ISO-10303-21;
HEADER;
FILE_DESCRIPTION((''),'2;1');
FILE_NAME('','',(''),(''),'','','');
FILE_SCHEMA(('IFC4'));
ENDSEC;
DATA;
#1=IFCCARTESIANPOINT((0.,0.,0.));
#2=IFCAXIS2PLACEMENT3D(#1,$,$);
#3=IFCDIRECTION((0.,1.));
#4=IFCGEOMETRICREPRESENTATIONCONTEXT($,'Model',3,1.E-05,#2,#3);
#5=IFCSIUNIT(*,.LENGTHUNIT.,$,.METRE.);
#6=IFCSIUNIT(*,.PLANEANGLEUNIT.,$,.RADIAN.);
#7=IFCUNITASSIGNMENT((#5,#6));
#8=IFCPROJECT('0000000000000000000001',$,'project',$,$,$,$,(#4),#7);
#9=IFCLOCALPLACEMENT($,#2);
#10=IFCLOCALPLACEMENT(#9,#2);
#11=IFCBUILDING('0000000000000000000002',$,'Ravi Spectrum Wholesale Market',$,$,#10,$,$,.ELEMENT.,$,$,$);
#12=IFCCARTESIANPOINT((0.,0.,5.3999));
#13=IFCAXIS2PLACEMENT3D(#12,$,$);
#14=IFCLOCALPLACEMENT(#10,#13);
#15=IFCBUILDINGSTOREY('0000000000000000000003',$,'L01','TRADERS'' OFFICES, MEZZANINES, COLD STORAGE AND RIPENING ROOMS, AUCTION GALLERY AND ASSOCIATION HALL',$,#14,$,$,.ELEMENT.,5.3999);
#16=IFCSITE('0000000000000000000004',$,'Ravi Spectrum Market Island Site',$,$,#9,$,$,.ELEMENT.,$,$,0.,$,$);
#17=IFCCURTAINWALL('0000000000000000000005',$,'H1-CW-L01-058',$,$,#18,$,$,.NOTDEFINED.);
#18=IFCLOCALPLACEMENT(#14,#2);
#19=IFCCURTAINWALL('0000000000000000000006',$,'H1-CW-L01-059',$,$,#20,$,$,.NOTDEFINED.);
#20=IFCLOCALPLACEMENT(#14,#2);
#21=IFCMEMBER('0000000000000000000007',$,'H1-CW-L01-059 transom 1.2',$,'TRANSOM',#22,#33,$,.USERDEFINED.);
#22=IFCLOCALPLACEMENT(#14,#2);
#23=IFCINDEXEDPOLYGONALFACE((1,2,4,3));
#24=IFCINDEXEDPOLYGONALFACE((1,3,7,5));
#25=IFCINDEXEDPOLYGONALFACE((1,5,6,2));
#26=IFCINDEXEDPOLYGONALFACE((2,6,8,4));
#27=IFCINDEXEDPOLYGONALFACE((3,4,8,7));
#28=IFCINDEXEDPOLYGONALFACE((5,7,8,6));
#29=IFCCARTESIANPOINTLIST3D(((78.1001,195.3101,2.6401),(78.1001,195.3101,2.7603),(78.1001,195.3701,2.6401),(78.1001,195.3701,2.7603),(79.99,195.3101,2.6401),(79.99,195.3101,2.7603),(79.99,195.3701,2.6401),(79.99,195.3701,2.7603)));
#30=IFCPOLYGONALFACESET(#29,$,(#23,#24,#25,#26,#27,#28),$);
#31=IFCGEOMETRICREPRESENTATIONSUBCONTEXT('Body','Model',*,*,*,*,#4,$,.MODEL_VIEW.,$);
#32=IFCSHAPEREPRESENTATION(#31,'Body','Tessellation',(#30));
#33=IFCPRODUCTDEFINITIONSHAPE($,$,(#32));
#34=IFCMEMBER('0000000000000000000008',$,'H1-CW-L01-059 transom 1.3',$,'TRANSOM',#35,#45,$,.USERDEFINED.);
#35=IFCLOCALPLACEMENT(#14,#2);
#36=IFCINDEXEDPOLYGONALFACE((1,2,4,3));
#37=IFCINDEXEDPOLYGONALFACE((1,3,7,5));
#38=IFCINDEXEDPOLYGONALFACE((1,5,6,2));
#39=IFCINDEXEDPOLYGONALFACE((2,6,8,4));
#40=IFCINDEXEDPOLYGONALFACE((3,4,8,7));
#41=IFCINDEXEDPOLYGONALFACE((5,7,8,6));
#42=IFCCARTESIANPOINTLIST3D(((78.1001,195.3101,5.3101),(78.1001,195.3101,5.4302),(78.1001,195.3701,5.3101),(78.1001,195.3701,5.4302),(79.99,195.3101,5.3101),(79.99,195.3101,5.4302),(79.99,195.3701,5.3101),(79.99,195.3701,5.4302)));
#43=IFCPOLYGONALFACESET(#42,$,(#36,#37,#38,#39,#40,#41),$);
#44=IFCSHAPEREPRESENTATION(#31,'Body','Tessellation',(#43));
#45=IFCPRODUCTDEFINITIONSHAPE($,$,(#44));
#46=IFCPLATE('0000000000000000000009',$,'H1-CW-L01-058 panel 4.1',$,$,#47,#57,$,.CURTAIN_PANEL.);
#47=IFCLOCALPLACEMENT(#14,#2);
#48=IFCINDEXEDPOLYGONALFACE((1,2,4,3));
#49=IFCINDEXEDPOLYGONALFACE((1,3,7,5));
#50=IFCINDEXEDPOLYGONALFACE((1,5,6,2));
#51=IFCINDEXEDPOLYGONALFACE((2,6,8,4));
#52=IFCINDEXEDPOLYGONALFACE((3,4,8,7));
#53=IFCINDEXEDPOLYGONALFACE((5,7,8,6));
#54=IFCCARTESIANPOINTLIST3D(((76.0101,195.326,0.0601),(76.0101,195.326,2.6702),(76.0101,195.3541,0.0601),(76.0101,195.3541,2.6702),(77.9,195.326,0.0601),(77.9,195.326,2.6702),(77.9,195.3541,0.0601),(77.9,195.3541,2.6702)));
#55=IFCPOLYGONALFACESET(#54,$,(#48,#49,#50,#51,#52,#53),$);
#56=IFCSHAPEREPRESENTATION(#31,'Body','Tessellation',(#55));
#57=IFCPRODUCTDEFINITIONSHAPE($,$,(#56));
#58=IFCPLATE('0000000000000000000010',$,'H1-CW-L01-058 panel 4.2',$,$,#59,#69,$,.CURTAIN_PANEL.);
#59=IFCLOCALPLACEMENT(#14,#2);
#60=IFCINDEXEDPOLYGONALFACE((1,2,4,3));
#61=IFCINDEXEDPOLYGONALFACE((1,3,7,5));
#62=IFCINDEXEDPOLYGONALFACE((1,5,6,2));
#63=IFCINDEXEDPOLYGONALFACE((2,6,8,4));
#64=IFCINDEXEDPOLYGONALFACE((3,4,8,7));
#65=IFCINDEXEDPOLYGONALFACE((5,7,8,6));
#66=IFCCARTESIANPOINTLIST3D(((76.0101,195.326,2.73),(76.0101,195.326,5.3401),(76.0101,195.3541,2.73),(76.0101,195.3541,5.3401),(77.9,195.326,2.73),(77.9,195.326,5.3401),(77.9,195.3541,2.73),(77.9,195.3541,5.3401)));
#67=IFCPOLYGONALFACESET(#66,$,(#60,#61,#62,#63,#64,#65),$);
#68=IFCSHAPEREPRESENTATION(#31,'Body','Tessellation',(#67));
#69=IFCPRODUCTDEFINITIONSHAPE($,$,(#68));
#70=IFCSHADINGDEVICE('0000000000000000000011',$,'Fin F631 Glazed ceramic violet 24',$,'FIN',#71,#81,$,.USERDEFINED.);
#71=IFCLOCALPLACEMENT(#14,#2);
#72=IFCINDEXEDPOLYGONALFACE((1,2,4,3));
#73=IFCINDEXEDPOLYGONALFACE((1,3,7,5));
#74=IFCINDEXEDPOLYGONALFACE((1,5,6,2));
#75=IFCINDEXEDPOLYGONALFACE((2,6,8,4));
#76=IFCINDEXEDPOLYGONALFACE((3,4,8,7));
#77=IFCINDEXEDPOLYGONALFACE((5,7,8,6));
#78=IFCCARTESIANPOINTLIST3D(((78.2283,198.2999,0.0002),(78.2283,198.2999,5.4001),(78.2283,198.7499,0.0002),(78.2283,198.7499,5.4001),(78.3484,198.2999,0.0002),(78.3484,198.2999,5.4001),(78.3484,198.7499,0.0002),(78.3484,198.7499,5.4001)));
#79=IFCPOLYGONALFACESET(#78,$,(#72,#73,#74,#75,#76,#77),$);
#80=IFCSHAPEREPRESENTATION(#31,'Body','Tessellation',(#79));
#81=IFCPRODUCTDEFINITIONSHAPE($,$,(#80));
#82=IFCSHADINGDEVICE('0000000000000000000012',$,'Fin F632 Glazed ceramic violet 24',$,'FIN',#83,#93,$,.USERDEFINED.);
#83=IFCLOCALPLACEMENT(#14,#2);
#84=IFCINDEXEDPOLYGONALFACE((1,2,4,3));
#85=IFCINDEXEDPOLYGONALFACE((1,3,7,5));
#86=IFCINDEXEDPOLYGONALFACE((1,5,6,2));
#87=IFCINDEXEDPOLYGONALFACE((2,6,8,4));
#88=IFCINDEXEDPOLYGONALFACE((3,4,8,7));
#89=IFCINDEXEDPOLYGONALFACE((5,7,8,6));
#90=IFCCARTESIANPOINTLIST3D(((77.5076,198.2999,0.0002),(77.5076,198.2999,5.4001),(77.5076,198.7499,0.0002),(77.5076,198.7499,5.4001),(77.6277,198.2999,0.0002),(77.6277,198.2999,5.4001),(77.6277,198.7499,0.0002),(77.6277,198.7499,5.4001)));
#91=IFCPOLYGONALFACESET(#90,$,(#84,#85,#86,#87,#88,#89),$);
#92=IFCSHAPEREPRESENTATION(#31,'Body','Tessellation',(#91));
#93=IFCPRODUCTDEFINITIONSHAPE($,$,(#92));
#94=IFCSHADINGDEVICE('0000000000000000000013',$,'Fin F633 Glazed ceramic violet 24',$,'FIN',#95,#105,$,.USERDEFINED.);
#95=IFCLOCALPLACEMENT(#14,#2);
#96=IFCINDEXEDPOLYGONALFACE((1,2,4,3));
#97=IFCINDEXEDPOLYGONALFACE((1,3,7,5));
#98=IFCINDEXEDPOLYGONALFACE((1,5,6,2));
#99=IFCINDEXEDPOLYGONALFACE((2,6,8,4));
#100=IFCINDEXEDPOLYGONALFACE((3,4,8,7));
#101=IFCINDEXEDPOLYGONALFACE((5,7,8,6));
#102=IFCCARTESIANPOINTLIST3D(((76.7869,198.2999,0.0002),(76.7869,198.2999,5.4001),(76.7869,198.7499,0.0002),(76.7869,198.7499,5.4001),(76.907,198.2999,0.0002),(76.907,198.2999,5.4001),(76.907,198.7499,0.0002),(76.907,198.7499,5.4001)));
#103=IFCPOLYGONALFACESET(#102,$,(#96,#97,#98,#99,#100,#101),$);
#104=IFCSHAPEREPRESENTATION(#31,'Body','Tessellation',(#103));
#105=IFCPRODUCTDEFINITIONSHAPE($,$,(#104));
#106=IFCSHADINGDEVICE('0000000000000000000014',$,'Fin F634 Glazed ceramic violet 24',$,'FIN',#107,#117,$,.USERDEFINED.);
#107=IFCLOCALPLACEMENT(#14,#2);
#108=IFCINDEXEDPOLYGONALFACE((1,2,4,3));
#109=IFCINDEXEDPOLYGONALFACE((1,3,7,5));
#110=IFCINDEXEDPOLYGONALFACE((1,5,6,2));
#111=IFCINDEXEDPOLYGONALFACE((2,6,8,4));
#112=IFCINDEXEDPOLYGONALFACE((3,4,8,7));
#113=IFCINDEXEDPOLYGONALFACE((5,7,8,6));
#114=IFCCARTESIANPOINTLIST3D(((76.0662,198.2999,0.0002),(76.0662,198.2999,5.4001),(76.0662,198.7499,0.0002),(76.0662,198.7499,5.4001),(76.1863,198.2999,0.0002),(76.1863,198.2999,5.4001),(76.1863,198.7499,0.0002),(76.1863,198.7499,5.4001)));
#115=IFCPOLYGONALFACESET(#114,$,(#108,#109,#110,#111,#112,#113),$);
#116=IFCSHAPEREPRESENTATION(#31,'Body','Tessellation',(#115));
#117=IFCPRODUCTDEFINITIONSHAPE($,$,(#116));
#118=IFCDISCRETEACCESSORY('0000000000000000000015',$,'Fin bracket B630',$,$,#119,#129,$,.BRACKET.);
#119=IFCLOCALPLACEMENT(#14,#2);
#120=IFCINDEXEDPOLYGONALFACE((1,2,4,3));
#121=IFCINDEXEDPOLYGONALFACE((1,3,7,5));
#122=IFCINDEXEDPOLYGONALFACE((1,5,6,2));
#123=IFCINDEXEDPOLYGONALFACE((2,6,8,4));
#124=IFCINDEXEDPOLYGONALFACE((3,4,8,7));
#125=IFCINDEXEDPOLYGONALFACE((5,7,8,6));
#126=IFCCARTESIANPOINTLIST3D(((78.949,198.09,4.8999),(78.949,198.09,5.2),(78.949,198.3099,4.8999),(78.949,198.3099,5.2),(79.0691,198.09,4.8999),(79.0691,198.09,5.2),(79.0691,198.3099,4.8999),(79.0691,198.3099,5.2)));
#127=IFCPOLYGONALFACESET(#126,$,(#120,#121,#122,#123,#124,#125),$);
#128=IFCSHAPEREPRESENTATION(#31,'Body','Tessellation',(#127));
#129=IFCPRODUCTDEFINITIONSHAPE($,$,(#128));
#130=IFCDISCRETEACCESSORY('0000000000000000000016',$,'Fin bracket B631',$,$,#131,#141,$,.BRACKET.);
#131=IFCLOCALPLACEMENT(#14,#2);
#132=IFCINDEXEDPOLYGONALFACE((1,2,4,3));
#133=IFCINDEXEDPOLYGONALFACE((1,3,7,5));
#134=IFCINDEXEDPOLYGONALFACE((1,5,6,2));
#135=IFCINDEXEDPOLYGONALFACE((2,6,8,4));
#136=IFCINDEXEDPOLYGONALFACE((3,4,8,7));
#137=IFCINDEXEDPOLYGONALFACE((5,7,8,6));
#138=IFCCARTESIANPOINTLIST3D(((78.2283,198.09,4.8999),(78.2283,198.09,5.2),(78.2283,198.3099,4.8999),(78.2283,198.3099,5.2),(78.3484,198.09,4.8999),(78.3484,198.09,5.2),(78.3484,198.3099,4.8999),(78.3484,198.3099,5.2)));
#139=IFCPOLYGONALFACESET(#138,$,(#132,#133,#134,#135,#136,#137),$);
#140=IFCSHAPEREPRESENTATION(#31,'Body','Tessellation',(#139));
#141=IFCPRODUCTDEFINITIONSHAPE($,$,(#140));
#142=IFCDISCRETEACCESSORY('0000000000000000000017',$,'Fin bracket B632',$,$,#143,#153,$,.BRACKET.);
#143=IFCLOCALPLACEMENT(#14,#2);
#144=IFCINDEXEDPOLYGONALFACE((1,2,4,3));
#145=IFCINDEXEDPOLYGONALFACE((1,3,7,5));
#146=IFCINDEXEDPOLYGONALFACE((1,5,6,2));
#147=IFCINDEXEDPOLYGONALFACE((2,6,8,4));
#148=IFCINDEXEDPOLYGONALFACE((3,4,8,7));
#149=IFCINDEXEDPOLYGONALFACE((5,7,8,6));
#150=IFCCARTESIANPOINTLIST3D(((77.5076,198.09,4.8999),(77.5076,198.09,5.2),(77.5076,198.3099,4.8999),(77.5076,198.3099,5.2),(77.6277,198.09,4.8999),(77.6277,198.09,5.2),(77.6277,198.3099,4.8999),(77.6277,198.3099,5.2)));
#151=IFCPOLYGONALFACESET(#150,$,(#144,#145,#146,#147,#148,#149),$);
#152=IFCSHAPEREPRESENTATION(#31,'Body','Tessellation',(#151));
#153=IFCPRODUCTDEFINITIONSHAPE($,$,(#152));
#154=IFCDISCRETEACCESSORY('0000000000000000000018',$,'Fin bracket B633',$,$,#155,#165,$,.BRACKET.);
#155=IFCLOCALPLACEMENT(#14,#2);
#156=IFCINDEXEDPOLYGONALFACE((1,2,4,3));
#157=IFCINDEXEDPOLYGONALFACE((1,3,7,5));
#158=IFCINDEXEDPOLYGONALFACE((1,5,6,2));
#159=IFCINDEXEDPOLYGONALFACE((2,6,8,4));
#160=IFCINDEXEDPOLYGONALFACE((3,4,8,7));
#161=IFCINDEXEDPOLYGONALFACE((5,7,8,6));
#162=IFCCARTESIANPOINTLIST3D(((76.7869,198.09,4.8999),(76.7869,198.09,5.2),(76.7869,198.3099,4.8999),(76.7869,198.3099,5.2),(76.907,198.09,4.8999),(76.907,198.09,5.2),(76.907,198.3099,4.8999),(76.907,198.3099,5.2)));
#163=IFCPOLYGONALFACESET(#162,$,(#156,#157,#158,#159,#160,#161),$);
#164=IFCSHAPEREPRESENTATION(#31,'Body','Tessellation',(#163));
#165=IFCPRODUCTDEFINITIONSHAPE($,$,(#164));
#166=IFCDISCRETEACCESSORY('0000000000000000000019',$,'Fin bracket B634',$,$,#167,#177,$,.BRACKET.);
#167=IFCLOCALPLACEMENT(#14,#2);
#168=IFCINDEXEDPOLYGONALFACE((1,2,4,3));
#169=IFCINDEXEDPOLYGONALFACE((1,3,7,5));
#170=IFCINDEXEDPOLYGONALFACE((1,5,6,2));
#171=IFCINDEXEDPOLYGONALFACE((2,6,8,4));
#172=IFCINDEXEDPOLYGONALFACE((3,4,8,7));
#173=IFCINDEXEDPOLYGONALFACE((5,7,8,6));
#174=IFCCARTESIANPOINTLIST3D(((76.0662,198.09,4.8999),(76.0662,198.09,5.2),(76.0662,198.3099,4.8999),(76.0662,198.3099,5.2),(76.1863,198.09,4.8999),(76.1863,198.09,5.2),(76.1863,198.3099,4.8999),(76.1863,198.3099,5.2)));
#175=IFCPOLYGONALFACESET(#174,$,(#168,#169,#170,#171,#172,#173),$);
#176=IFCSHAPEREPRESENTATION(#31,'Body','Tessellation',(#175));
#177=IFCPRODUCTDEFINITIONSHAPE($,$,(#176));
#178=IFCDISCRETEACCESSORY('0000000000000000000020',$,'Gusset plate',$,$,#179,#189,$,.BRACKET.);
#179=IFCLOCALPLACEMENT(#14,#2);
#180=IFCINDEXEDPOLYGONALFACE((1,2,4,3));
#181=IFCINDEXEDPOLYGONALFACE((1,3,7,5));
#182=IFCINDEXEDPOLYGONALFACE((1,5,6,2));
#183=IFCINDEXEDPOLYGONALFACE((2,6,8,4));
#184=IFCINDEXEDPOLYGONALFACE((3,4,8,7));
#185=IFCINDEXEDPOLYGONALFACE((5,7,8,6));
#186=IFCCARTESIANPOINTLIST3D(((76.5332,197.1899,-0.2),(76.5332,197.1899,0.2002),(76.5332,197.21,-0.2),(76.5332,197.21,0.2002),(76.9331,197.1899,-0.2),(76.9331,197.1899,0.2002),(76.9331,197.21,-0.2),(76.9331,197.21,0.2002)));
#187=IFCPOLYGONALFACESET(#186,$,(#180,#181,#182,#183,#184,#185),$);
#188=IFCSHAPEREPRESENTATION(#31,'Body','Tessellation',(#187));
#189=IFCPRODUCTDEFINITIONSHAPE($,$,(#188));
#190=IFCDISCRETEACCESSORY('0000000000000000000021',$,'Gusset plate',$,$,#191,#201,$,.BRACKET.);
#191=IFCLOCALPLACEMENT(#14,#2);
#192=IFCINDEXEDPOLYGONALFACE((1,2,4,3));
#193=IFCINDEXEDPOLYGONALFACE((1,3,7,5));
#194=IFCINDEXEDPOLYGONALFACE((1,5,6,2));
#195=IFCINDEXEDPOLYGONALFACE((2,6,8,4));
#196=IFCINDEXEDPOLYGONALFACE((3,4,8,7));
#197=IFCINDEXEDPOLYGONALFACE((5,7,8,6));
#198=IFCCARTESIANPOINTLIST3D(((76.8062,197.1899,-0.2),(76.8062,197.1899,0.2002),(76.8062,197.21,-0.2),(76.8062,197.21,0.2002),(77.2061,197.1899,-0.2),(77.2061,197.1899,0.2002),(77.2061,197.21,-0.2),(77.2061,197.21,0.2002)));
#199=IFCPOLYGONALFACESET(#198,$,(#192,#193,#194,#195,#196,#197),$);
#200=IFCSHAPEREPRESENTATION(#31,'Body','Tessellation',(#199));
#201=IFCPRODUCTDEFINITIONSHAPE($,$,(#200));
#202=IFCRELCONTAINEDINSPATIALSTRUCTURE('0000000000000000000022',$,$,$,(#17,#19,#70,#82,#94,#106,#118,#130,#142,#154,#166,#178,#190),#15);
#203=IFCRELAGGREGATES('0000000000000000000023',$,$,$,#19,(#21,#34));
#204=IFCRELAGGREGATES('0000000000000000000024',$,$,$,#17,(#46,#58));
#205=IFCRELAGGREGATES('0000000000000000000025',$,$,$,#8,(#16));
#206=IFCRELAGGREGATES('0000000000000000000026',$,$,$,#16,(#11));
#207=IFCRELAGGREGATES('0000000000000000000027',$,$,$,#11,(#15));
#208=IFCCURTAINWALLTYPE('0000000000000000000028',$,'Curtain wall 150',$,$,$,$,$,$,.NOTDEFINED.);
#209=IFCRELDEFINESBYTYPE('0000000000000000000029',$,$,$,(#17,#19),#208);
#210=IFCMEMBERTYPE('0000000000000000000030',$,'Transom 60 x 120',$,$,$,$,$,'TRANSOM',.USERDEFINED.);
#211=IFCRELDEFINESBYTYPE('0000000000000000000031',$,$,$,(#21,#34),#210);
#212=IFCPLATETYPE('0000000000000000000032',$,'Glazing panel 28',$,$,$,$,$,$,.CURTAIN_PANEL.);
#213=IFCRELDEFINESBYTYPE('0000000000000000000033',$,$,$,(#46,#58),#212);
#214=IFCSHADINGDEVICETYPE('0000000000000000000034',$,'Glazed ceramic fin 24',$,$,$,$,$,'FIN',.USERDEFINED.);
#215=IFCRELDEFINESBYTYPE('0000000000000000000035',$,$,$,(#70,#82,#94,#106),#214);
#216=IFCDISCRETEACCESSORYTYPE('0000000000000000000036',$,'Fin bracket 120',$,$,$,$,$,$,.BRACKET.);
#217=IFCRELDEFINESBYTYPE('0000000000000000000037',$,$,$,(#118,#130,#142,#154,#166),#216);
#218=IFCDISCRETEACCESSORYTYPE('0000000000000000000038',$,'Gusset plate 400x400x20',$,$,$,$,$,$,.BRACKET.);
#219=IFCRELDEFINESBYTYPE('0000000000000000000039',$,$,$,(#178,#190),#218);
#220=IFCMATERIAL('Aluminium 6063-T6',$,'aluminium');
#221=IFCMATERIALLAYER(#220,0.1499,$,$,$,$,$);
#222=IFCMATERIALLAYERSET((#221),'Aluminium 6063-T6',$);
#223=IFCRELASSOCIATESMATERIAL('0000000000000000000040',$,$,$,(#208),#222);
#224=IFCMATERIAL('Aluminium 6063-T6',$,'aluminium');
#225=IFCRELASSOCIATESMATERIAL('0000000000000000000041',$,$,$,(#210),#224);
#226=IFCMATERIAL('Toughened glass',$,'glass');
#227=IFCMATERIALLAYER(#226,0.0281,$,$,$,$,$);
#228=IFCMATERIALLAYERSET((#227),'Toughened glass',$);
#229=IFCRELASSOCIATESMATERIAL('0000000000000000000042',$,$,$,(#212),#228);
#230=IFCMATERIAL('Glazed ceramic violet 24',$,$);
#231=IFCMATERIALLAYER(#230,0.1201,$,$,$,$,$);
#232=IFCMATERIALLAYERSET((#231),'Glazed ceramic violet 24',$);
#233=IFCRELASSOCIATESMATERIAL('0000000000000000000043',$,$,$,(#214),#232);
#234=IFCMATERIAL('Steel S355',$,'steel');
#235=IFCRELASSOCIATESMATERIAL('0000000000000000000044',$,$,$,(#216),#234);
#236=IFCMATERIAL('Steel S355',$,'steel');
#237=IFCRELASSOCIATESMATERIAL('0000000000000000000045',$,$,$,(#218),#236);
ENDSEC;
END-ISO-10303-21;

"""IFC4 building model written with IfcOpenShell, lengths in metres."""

from ifc_helpers import new_model, si_unit, direction, frame, origin, origin_2d, place, context, subcontext, project, spatial, rectangle, extrude, material, layer, layer_set, material_profile, profile_set, type_object, element, aggregate, save


model = new_model("IFC4")

# Units and contexts
model_context = context("Model", 3, precision=1e-05, world=origin(), true_north=direction((0.0, 1.0)))
body_context = subcontext(model_context, "Body", "Model", "MODEL_VIEW")
ifc_project = project(units=[si_unit("LENGTHUNIT", "METRE"), si_unit("PLANEANGLEUNIT", "RADIAN")], contexts=[model_context])

# Site, building, storey
site_placement = place(None, origin())
site = spatial("IfcSite", under=ifc_project, at=site_placement, Name="Ravi Spectrum Market Island Site", CompositionType="ELEMENT", RefElevation=0.0)
building_placement = place(site_placement, origin())
building = spatial("IfcBuilding", under=site, at=building_placement, Name="Ravi Spectrum Wholesale Market", CompositionType="ELEMENT")
storey_placement = place(building_placement, frame((0.0, 0.0, 5.3999)))
storey = spatial("IfcBuildingStorey", under=building, at=storey_placement, Name="L01", Description="TRADERS' OFFICES, MEZZANINES, COLD STORAGE AND RIPENING ROOMS, AUCTION GALLERY AND ASSOCIATION HALL", CompositionType="ELEMENT", Elevation=5.3999)

# Curtain walls
ifc_material_1 = material(Name="Aluminium 6063-T6", Category="aluminium")
ifc_layer_1 = layer(ifc_material_1, 0.1499)
ifc_layer_set_1 = layer_set([ifc_layer_1], Name="Aluminium 6063-T6")
curtain_wall_type = type_object("IfcCurtainWallType", Name="Curtain wall 150", PredefinedType="NOTDEFINED", material=ifc_layer_set_1)
curtain_wall_1_placement = place(storey_placement, origin())
curtain_wall_1 = element("IfcCurtainWall", 1, at=curtain_wall_1_placement, inside=storey, type_object=curtain_wall_type, Name="H1-CW-L01-058", PredefinedType="NOTDEFINED")
curtain_wall_2_placement = place(storey_placement, origin())
curtain_wall_2 = element("IfcCurtainWall", 2, at=curtain_wall_2_placement, inside=storey, type_object=curtain_wall_type, Name="H1-CW-L01-059", PredefinedType="NOTDEFINED")

# Members
ifc_material_2 = material(Name="Aluminium 6063-T6", Category="aluminium")
ifc_material_profile_1 = material_profile(ifc_material_2, rectangle(XDim=0.0601, YDim=0.1201, at=origin_2d()))
ifc_profile_set_1 = profile_set([ifc_material_profile_1], Name="Aluminium 6063-T6")
member_type_1 = type_object("IfcMemberType", Name="Transom 60 x 120", ElementType="TRANSOM", PredefinedType="USERDEFINED", material=ifc_profile_set_1)
member_1_placement = place(storey_placement, frame((78.1001, 195.3401, 2.7002), z_axis=(1.0, 0.0, 0.0), x_axis=(0.0, 1.0, 0.0)))
member_1 = element("IfcMember", 3, at=member_1_placement, type_object=member_type_1, Name="H1-CW-L01-059 transom 1.2", ObjectType="TRANSOM", PredefinedType="USERDEFINED", context=body_context, shape_type="SweptSolid", body=[
    extrude(rectangle(XDim=0.0601, YDim=0.1201, at=origin_2d()), origin(), (0.0, 0.0, 1.0), 1.8899),
])
member_2_placement = place(storey_placement, frame((78.1001, 195.3401, 5.3701), z_axis=(1.0, 0.0, 0.0), x_axis=(0.0, 1.0, 0.0)))
member_2 = element("IfcMember", 4, at=member_2_placement, type_object=member_type_1, Name="H1-CW-L01-059 transom 1.3", ObjectType="TRANSOM", PredefinedType="USERDEFINED", context=body_context, shape_type="SweptSolid", body=[
    extrude(rectangle(XDim=0.0601, YDim=0.1201, at=origin_2d()), origin(), (0.0, 0.0, 1.0), 1.8899),
])
aggregate(curtain_wall_2, [member_1, member_2])

# Plates
ifc_material_3 = material(Name="Toughened glass", Category="glass")
ifc_layer_2 = layer(ifc_material_3, 0.0281)
ifc_layer_set_2 = layer_set([ifc_layer_2], Name="Toughened glass")
plate_type = type_object("IfcPlateType", Name="Glazing panel 28", PredefinedType="CURTAIN_PANEL", material=ifc_layer_set_2)
plate_1_placement = place(storey_placement, frame((76.9551, 195.3401, 0.0601), z_axis=(0.0, 0.0, 1.0), x_axis=(1.0, 0.0, 0.0)))
plate_1 = element("IfcPlate", 5, at=plate_1_placement, type_object=plate_type, Name="H1-CW-L01-058 panel 4.1", PredefinedType="CURTAIN_PANEL", context=body_context, shape_type="SweptSolid", body=[
    extrude(rectangle(XDim=1.8899, YDim=0.0281, at=origin_2d()), origin(), (0.0, 0.0, 1.0), 2.6101),
])
plate_2_placement = place(storey_placement, frame((76.9551, 195.3401, 2.73), z_axis=(0.0, 0.0, 1.0), x_axis=(1.0, 0.0, 0.0)))
plate_2 = element("IfcPlate", 6, at=plate_2_placement, type_object=plate_type, Name="H1-CW-L01-058 panel 4.2", PredefinedType="CURTAIN_PANEL", context=body_context, shape_type="SweptSolid", body=[
    extrude(rectangle(XDim=1.8899, YDim=0.0281, at=origin_2d()), origin(), (0.0, 0.0, 1.0), 2.6101),
])
aggregate(curtain_wall_1, [plate_1, plate_2])

# Shading devices
ifc_material_4 = material(Name="Glazed ceramic violet 24")
ifc_layer_3 = layer(ifc_material_4, 0.1201)
ifc_layer_set_3 = layer_set([ifc_layer_3], Name="Glazed ceramic violet 24")
shading_device_type = type_object("IfcShadingDeviceType", Name="Glazed ceramic fin 24", ElementType="FIN", PredefinedType="USERDEFINED", material=ifc_layer_set_3)
for number, where, z_axis, x_axis, name in (
    (7, (78.2883, 198.5249, 0.0002), (0.0, 0.0, 1.0), (-1.0, 0.0, 0.0), "Fin F631 Glazed ceramic violet 24"),
    (8, (77.5676, 198.5249, 0.0002), (0.0, 0.0, 1.0), (-1.0, 0.0, 0.0), "Fin F632 Glazed ceramic violet 24"),
    (9, (76.8469, 198.5249, 0.0002), (0.0, 0.0, 1.0), (-1.0, 0.0, 0.0), "Fin F633 Glazed ceramic violet 24"),
    (10, (76.1262, 198.5249, 0.0002), (0.0, 0.0, 1.0), (-1.0, 0.0, 0.0), "Fin F634 Glazed ceramic violet 24"),
):
    element("IfcShadingDevice", number, at=place(storey_placement, frame(where, z_axis=z_axis, x_axis=x_axis)), inside=storey, type_object=shading_device_type, Name=name, ObjectType="FIN", PredefinedType="USERDEFINED", context=body_context, shape_type="SweptSolid", body=[
        extrude(rectangle(XDim=0.1201, YDim=0.45, at=origin_2d()), origin(), (0.0, 0.0, 1.0), 5.3999),
    ])

# Discrete accessories
ifc_material_5 = material(Name="Steel S355", Category="steel")
discrete_accessory_type_1 = type_object("IfcDiscreteAccessoryType", Name="Fin bracket 120", PredefinedType="BRACKET", material=ifc_material_5)
for number, where, z_axis, x_axis, name in (
    (11, (79.009, 198.2, 4.8999), (0.0, 0.0, 1.0), (-1.0, 0.0, 0.0), "Fin bracket B630"),
    (12, (78.2883, 198.2, 4.8999), (0.0, 0.0, 1.0), (-1.0, 0.0, 0.0), "Fin bracket B631"),
    (13, (77.5676, 198.2, 4.8999), (0.0, 0.0, 1.0), (-1.0, 0.0, 0.0), "Fin bracket B632"),
    (14, (76.8469, 198.2, 4.8999), (0.0, 0.0, 1.0), (-1.0, 0.0, 0.0), "Fin bracket B633"),
    (15, (76.1262, 198.2, 4.8999), (0.0, 0.0, 1.0), (-1.0, 0.0, 0.0), "Fin bracket B634"),
):
    element("IfcDiscreteAccessory", number, at=place(storey_placement, frame(where, z_axis=z_axis, x_axis=x_axis)), inside=storey, type_object=discrete_accessory_type_1, Name=name, PredefinedType="BRACKET", context=body_context, shape_type="SweptSolid", body=[
        extrude(rectangle(XDim=0.1201, YDim=0.22, at=origin_2d()), origin(), (0.0, 0.0, 1.0), 0.3),
    ])
ifc_material_6 = material(Name="Steel S355", Category="steel")
ifc_material_profile_2 = material_profile(ifc_material_6, rectangle(XDim=0.3999, YDim=0.02, at=origin_2d()))
ifc_profile_set_2 = profile_set([ifc_material_profile_2], Name="Steel S355")
discrete_accessory_type_2 = type_object("IfcDiscreteAccessoryType", Name="Gusset plate 400x400x20", PredefinedType="BRACKET", material=ifc_profile_set_2)
for number, where, z_axis, x_axis, name in (
    (16, (76.7332, 197.2, -0.2), (0.0, 0.0, 1.0), (1.0, 0.0, 0.0), "Gusset plate"),
    (17, (77.0061, 197.2, -0.2), (0.0, 0.0, 1.0), (1.0, 0.0, 0.0), "Gusset plate"),
):
    element("IfcDiscreteAccessory", number, at=place(storey_placement, frame(where, z_axis=z_axis, x_axis=x_axis)), inside=storey, type_object=discrete_accessory_type_2, Name=name, PredefinedType="BRACKET", context=body_context, shape_type="SweptSolid", body=[
        extrude(rectangle(XDim=0.3999, YDim=0.02, at=origin_2d()), origin(), (0.0, 0.0, 1.0), 0.4001),
    ])

save(model, "model.ifc")
